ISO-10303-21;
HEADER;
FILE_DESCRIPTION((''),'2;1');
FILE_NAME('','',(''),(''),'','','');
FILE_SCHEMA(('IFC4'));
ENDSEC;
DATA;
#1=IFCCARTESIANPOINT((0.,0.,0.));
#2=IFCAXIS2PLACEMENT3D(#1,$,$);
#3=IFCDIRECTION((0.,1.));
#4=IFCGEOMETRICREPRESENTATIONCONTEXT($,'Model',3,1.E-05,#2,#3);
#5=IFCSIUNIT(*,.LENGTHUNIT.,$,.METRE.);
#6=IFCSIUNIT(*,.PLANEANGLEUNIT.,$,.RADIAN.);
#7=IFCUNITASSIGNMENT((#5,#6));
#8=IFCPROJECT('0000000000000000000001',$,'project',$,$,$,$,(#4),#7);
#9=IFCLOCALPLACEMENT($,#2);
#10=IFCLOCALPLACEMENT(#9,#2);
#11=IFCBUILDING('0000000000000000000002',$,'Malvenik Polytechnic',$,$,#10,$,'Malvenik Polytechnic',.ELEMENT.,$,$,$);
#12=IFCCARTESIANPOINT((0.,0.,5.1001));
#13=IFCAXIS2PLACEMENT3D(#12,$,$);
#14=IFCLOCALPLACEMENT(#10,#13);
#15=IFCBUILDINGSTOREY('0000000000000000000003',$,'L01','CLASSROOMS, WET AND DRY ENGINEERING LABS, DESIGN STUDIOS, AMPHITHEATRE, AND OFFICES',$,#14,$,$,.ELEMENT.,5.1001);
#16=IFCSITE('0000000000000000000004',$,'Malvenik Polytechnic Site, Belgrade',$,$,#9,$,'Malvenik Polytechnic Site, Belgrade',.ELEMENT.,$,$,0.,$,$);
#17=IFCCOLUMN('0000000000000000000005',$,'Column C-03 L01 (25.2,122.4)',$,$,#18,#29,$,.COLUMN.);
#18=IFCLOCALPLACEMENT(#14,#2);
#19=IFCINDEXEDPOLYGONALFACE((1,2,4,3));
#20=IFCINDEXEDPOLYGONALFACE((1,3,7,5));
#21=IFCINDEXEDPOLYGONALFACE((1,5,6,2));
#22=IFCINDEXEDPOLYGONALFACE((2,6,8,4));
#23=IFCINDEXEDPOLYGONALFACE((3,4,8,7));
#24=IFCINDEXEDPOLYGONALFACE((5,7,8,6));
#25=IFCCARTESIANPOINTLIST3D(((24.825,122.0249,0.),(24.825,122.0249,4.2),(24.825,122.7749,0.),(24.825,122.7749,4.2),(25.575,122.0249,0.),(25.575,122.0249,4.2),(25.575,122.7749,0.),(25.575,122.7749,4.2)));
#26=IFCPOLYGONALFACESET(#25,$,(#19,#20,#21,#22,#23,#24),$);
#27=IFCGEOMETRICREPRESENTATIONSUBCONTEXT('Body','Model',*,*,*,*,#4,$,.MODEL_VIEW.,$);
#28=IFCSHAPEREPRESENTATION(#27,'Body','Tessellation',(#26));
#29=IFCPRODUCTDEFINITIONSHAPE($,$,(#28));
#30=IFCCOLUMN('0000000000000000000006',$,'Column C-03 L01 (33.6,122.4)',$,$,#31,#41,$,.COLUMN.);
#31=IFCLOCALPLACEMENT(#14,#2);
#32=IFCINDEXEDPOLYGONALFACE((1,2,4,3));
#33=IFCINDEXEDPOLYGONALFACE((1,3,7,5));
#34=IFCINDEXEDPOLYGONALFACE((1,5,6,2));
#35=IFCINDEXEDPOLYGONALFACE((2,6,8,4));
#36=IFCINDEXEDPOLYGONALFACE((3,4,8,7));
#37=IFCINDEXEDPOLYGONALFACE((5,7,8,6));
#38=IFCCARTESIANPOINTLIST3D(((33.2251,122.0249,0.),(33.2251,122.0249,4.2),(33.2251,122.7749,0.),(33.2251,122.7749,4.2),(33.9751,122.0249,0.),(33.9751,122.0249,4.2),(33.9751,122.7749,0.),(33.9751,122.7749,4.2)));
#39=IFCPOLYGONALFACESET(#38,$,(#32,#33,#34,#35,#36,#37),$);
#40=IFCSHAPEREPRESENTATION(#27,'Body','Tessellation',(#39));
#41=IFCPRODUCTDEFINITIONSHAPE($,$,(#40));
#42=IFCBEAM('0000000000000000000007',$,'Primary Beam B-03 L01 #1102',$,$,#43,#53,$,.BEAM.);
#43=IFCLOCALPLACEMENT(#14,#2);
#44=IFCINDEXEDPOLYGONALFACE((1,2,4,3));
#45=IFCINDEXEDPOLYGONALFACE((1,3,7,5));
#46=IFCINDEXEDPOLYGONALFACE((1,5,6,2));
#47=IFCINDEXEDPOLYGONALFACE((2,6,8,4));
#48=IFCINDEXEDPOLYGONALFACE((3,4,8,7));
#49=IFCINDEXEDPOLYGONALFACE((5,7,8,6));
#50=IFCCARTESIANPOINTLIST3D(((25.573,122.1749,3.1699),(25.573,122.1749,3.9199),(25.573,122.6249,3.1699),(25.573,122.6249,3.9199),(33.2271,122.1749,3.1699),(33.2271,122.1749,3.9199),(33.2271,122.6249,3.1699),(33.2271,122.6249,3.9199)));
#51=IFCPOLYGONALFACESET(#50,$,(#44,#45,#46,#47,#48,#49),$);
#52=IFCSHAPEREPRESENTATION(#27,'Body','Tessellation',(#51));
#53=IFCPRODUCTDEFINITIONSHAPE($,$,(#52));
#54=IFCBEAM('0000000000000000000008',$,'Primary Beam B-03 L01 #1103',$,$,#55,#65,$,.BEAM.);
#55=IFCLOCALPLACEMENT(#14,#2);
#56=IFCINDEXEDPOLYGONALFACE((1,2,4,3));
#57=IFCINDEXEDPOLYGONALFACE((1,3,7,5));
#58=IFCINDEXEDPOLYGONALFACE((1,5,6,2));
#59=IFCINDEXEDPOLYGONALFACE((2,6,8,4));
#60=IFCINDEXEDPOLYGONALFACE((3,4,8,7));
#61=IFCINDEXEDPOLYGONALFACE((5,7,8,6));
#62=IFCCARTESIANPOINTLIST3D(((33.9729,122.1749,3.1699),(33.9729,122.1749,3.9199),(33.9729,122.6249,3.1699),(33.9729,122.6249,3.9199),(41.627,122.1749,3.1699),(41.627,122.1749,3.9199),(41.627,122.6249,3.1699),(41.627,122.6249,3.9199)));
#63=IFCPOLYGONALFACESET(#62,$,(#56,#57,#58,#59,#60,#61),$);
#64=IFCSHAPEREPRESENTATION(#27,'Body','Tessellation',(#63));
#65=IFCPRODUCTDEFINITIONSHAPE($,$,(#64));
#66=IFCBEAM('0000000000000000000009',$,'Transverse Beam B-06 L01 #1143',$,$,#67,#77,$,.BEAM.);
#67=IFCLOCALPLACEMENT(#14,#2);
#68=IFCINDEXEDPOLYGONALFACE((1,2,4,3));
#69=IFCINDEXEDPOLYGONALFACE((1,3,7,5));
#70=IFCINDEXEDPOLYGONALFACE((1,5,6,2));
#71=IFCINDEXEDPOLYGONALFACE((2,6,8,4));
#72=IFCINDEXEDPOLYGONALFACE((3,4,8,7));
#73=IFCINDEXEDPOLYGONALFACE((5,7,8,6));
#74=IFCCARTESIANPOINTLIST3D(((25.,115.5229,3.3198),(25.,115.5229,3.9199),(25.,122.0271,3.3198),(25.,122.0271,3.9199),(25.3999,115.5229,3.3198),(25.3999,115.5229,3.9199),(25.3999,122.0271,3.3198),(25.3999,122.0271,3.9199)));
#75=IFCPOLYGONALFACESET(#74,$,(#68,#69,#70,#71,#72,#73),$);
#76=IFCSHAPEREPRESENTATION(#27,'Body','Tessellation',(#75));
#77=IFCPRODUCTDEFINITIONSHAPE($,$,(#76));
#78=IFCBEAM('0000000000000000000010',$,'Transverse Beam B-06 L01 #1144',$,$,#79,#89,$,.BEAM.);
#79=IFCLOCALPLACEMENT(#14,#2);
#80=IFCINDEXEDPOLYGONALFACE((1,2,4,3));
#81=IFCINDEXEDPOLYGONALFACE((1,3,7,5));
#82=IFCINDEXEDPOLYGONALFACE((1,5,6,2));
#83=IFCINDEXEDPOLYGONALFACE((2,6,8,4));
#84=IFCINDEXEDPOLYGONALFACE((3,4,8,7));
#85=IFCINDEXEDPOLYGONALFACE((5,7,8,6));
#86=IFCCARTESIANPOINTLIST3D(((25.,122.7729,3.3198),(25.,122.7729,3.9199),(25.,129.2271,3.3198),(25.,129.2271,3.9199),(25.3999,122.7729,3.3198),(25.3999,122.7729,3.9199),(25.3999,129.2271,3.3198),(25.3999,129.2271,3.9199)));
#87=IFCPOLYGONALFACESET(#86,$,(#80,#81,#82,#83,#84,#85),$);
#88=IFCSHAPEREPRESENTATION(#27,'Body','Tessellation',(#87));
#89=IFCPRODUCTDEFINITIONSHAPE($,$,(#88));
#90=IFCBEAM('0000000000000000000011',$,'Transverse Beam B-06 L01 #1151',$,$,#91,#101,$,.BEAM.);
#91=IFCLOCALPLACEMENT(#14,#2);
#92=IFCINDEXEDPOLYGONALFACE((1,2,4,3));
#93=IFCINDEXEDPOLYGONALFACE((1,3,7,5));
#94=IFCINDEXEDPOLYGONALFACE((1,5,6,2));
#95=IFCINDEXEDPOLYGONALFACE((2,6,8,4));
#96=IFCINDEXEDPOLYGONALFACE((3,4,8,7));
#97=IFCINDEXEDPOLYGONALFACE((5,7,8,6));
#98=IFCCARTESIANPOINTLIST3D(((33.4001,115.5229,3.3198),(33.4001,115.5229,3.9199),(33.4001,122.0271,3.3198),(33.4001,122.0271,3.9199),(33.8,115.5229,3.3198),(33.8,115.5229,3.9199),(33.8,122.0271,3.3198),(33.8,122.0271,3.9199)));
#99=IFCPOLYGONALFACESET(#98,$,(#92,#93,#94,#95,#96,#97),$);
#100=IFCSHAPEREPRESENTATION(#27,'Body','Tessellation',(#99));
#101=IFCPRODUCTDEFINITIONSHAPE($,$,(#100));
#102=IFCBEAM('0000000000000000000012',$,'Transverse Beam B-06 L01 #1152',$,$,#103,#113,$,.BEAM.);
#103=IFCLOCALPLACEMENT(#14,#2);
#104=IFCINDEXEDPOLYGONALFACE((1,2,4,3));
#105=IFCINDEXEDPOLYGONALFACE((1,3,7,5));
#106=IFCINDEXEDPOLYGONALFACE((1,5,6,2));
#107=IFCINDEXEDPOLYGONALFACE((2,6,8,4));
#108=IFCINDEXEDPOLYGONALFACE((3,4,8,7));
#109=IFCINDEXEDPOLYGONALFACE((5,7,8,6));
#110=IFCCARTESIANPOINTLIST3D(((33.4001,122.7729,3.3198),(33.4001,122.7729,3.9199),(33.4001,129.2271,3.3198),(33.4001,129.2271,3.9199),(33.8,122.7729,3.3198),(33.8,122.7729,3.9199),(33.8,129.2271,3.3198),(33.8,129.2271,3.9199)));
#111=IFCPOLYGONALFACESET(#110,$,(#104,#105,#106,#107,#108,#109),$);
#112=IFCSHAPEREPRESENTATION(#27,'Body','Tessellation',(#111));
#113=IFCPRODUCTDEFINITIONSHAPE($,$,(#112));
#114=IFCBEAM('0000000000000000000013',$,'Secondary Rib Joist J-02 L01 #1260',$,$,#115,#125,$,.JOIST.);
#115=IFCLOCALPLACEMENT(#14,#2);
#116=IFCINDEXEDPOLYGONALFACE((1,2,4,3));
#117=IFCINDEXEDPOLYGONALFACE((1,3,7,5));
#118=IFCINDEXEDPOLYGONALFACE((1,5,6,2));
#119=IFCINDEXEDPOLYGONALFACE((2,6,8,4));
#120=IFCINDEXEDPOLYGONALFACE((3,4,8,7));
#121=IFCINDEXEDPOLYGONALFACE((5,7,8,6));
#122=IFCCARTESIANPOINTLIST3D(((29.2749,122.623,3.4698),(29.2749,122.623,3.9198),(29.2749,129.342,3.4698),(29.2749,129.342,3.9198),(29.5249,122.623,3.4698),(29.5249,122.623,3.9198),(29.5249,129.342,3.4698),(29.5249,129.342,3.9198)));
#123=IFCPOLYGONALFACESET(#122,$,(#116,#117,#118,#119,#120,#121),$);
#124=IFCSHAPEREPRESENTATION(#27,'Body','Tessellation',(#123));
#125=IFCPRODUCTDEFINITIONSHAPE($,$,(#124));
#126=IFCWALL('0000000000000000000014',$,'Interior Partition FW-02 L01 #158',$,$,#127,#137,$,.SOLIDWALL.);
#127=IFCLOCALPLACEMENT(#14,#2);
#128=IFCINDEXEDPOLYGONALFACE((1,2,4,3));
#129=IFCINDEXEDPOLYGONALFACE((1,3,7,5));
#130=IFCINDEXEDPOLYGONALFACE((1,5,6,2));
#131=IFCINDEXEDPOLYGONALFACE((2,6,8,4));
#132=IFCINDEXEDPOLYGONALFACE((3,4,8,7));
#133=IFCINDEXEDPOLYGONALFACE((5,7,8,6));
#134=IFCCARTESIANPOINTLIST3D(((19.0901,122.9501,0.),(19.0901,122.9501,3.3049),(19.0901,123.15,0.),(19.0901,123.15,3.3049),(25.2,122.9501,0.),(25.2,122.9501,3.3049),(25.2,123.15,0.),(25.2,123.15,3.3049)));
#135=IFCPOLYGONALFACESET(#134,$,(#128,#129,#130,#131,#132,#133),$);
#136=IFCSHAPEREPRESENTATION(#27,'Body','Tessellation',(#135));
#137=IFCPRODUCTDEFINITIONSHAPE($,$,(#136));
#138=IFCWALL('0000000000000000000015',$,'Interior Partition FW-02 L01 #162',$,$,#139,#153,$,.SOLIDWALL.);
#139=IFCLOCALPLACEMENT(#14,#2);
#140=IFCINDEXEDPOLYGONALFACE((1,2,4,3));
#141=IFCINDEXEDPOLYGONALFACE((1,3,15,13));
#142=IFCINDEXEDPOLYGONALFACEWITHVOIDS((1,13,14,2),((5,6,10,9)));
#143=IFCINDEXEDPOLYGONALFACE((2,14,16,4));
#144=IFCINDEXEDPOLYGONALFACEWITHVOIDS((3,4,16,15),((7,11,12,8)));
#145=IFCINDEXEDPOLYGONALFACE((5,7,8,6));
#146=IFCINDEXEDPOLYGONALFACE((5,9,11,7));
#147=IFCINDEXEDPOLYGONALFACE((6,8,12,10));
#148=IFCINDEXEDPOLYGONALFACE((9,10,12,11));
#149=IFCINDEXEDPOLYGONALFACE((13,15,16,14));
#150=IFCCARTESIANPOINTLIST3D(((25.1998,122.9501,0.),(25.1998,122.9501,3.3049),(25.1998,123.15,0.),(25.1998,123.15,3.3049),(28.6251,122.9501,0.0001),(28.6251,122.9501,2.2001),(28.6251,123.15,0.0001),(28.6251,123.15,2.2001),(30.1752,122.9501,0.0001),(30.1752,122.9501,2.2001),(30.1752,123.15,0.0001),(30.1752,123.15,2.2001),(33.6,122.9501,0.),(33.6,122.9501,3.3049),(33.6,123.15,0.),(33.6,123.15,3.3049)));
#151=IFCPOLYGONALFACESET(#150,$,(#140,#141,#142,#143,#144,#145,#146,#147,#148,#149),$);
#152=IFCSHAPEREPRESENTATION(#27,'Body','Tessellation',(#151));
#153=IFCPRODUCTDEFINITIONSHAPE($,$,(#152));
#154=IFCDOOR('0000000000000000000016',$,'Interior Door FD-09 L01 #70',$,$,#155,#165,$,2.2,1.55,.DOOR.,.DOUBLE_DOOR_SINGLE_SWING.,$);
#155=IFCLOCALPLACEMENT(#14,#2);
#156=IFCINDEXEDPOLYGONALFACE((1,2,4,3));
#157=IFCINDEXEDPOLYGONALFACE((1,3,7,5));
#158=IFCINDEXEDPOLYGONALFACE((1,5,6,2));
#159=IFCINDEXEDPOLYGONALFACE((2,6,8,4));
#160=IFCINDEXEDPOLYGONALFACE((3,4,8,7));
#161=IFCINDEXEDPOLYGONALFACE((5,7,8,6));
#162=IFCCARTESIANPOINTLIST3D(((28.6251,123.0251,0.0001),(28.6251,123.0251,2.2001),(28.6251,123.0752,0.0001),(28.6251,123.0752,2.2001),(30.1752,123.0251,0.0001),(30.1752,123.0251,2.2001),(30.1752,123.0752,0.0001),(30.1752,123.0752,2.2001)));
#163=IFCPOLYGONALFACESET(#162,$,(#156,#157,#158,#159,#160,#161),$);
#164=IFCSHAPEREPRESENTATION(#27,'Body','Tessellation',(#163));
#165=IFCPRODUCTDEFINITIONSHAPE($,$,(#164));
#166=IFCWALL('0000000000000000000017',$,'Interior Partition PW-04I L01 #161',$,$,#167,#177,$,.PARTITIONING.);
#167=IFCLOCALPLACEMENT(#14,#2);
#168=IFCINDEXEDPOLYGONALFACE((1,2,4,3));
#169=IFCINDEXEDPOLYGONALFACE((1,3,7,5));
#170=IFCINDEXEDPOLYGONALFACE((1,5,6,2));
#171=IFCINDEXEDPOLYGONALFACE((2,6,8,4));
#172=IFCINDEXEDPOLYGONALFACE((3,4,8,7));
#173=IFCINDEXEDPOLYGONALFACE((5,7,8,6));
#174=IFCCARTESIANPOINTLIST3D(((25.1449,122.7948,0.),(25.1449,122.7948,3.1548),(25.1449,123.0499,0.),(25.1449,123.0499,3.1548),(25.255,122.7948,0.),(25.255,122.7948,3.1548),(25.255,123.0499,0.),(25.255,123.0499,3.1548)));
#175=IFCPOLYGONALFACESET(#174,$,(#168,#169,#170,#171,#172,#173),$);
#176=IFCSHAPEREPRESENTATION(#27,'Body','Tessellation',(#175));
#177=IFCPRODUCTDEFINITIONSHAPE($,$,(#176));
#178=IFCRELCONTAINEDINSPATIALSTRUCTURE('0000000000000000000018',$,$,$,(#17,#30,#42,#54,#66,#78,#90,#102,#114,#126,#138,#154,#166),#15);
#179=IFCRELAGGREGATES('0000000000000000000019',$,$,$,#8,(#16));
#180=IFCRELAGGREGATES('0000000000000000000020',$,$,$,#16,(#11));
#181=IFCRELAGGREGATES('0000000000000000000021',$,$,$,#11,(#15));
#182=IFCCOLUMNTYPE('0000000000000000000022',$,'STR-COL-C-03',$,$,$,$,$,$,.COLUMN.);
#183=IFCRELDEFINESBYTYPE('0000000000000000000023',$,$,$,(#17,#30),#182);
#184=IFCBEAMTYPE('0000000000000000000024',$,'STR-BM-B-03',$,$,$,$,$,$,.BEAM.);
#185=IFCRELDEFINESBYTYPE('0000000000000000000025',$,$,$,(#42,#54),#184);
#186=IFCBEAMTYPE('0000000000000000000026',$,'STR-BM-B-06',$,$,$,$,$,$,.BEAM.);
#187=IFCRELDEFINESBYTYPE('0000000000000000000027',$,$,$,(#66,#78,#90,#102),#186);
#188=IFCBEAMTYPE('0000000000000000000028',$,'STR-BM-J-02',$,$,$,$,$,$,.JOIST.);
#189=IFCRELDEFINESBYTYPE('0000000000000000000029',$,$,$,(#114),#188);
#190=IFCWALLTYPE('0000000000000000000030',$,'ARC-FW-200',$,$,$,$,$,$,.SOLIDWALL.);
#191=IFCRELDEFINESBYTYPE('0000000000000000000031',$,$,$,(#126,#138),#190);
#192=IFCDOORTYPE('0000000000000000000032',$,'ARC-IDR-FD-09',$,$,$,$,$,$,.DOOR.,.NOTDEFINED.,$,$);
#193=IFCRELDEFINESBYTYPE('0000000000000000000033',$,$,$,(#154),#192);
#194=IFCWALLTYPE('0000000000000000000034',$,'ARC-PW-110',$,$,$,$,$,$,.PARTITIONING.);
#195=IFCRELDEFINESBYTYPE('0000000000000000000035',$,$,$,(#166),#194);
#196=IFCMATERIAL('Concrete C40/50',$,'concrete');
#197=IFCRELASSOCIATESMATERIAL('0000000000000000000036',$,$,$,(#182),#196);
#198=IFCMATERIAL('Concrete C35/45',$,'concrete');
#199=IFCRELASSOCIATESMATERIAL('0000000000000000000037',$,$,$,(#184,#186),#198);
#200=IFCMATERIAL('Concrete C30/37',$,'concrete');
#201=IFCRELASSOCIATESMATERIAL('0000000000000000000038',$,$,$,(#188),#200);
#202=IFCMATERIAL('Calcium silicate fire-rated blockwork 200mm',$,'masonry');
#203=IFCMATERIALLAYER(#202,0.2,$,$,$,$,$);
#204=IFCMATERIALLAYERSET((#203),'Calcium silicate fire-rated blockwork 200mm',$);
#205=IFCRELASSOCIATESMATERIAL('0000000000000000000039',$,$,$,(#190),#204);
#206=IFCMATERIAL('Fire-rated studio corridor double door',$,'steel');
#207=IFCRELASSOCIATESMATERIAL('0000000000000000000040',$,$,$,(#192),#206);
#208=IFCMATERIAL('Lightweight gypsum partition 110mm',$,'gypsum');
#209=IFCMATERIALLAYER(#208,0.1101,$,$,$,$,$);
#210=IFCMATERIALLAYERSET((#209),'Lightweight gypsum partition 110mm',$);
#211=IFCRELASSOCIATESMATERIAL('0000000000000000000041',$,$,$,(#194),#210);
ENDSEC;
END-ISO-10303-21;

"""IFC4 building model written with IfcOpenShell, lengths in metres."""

from ifc_helpers import new_model, si_unit, direction, frame, frame_2d, origin, origin_2d, place, context, subcontext, project, spatial, rectangle, extrude, material, layer, layer_set, material_profile, profile_set, type_object, element, fill, save


model = new_model("IFC4")

# Units and contexts
model_context = context("Model", 3, precision=1e-05, world=origin(), true_north=direction((0.0, 1.0)))
body_context = subcontext(model_context, "Body", "Model", "MODEL_VIEW")
ifc_project = project(units=[si_unit("LENGTHUNIT", "METRE"), si_unit("PLANEANGLEUNIT", "RADIAN")], contexts=[model_context])

# Site, building, storey
site_placement = place(None, origin())
site = spatial("IfcSite", under=ifc_project, at=site_placement, Name="Malvenik Polytechnic Site, Belgrade", LongName="Malvenik Polytechnic Site, Belgrade", CompositionType="ELEMENT", RefElevation=0.0)
building_placement = place(site_placement, origin())
building = spatial("IfcBuilding", under=site, at=building_placement, Name="Malvenik Polytechnic", LongName="Malvenik Polytechnic", CompositionType="ELEMENT")
storey_placement = place(building_placement, frame((0.0, 0.0, 5.1001)))
storey = spatial("IfcBuildingStorey", under=building, at=storey_placement, Name="L01", Description="CLASSROOMS, WET AND DRY ENGINEERING LABS, DESIGN STUDIOS, AMPHITHEATRE, AND OFFICES", CompositionType="ELEMENT", Elevation=5.1001)

# Columns
ifc_material_1 = material(Name="Concrete C40/50", Category="concrete")
ifc_material_profile_1 = material_profile(ifc_material_1, rectangle(XDim=0.75, YDim=0.75, at=origin_2d()), Name="RC COL 750x750")
ifc_profile_set_1 = profile_set([ifc_material_profile_1], Name="Concrete C40/50")
column_type = type_object("IfcColumnType", Name="STR-COL-C-03", PredefinedType="COLUMN", material=ifc_profile_set_1)
for number, where, z_axis, x_axis, name in (
    (1, (25.2, 122.3999, 0.0), (0.0, 0.0, 1.0), (1.0, 0.0, 0.0), "Column C-03 L01 (25.2,122.4)"),
    (2, (33.6001, 122.3999, 0.0), (0.0, 0.0, 1.0), (1.0, 0.0, 0.0), "Column C-03 L01 (33.6,122.4)"),
):
    element("IfcColumn", number, at=place(storey_placement, frame(where, z_axis=z_axis, x_axis=x_axis)), inside=storey, type_object=column_type, Name=name, PredefinedType="COLUMN", context=body_context, shape_type="SweptSolid", body=[
        extrude(rectangle(XDim=0.75, YDim=0.75, at=origin_2d()), origin(), (0.0, 0.0, 1.0), 4.2),
    ])

# Beams
ifc_material_2 = material(Name="Concrete C35/45", Category="concrete")
ifc_material_profile_2 = material_profile(ifc_material_2, rectangle(XDim=0.45, YDim=0.75, at=origin_2d()), Name="RC BM 450x750")
ifc_profile_set_2 = profile_set([ifc_material_profile_2], Name="Concrete C35/45")
beam_type_1 = type_object("IfcBeamType", Name="STR-BM-B-03", PredefinedType="BEAM", material=ifc_profile_set_2)
for number, where, z_axis, x_axis, name in (
    (3, (25.573, 122.3999, 3.5449), (1.0, 0.0, 0.0), (0.0, 1.0, 0.0), "Primary Beam B-03 L01 #1102"),
    (4, (33.9729, 122.3999, 3.5449), (1.0, 0.0, 0.0), (0.0, 1.0, 0.0), "Primary Beam B-03 L01 #1103"),
):
    element("IfcBeam", number, at=place(storey_placement, frame(where, z_axis=z_axis, x_axis=x_axis)), inside=storey, type_object=beam_type_1, Name=name, PredefinedType="BEAM", context=body_context, shape_type="SweptSolid", body=[
        extrude(rectangle(XDim=0.45, YDim=0.75, at=origin_2d()), origin(), (0.0, 0.0, 1.0), 7.6541),
    ])
ifc_material_profile_3 = material_profile(ifc_material_2, rectangle(XDim=0.3999, YDim=0.6001, at=origin_2d()), Name="RC BM 400x600")
ifc_profile_set_3 = profile_set([ifc_material_profile_3], Name="Concrete C35/45")
beam_type_2 = type_object("IfcBeamType", Name="STR-BM-B-06", PredefinedType="BEAM", material=ifc_profile_set_3)
beam_1_placement = place(storey_placement, frame((25.2, 115.5229, 3.6199), z_axis=(0.0, 1.0, 0.0), x_axis=(-1.0, 0.0, 0.0)))
element("IfcBeam", 5, at=beam_1_placement, inside=storey, type_object=beam_type_2, Name="Transverse Beam B-06 L01 #1143", PredefinedType="BEAM", context=body_context, shape_type="SweptSolid", body=[
    extrude(rectangle(XDim=0.3999, YDim=0.6001, at=origin_2d()), origin(), (0.0, 0.0, 1.0), 6.5042),
])
beam_2_placement = place(storey_placement, frame((25.2, 122.7729, 3.6199), z_axis=(0.0, 1.0, 0.0), x_axis=(-1.0, 0.0, 0.0)))
element("IfcBeam", 6, at=beam_2_placement, inside=storey, type_object=beam_type_2, Name="Transverse Beam B-06 L01 #1144", PredefinedType="BEAM", context=body_context, shape_type="SweptSolid", body=[
    extrude(rectangle(XDim=0.3999, YDim=0.6001, at=origin_2d()), origin(), (0.0, 0.0, 1.0), 6.4541),
])
beam_3_placement = place(storey_placement, frame((33.6001, 115.5229, 3.6199), z_axis=(0.0, 1.0, 0.0), x_axis=(-1.0, 0.0, 0.0)))
element("IfcBeam", 7, at=beam_3_placement, inside=storey, type_object=beam_type_2, Name="Transverse Beam B-06 L01 #1151", PredefinedType="BEAM", context=body_context, shape_type="SweptSolid", body=[
    extrude(rectangle(XDim=0.3999, YDim=0.6001, at=origin_2d()), origin(), (0.0, 0.0, 1.0), 6.5042),
])
beam_4_placement = place(storey_placement, frame((33.6001, 122.7729, 3.6199), z_axis=(0.0, 1.0, 0.0), x_axis=(-1.0, 0.0, 0.0)))
element("IfcBeam", 8, at=beam_4_placement, inside=storey, type_object=beam_type_2, Name="Transverse Beam B-06 L01 #1152", PredefinedType="BEAM", context=body_context, shape_type="SweptSolid", body=[
    extrude(rectangle(XDim=0.3999, YDim=0.6001, at=origin_2d()), origin(), (0.0, 0.0, 1.0), 6.4541),
])
ifc_material_3 = material(Name="Concrete C30/37", Category="concrete")
ifc_material_profile_4 = material_profile(ifc_material_3, rectangle(XDim=0.25, YDim=0.45, at=origin_2d()), Name="RC JST 250x450")
ifc_profile_set_4 = profile_set([ifc_material_profile_4], Name="Concrete C30/37")
beam_type_3 = type_object("IfcBeamType", Name="STR-BM-J-02", PredefinedType="JOIST", material=ifc_profile_set_4)
beam_5_placement = place(storey_placement, frame((29.3999, 122.623, 3.6948), z_axis=(0.0, 1.0, 0.0), x_axis=(-1.0, 0.0, 0.0)))
element("IfcBeam", 9, at=beam_5_placement, inside=storey, type_object=beam_type_3, Name="Secondary Rib Joist J-02 L01 #1260", PredefinedType="JOIST", context=body_context, shape_type="SweptSolid", body=[
    extrude(rectangle(XDim=0.25, YDim=0.45, at=origin_2d()), origin(), (0.0, 0.0, 1.0), 6.719),
])

# Wall
ifc_material_4 = material(Name="Calcium silicate fire-rated blockwork 200mm", Category="masonry")
ifc_layer_1 = layer(ifc_material_4, 0.2)
ifc_layer_set_1 = layer_set([ifc_layer_1], Name="Calcium silicate fire-rated blockwork 200mm")
wall_type_1 = type_object("IfcWallType", Name="ARC-FW-200", PredefinedType="SOLIDWALL", material=ifc_layer_set_1)
wall_1_placement = place(storey_placement, frame((25.2, 123.05, 0.0), z_axis=(0.0, 0.0, 1.0), x_axis=(-1.0, 0.0, 0.0)))
element("IfcWall", 10, at=wall_1_placement, inside=storey, type_object=wall_type_1, Name="Interior Partition FW-02 L01 #158", PredefinedType="SOLIDWALL", context=body_context, shape_type="SweptSolid", body=[
    extrude(rectangle(XDim=6.1099, YDim=0.2, at=frame_2d((3.0549, 0.0))), origin(), (0.0, 0.0, 1.0), 3.3049),
])

# Wall, opening, door
wall_2_placement = place(storey_placement, frame((33.6001, 123.05, 0.0), z_axis=(0.0, 0.0, 1.0), x_axis=(-1.0, 0.0, 0.0)))
wall_2 = element("IfcWall", 11, at=wall_2_placement, inside=storey, type_object=wall_type_1, Name="Interior Partition FW-02 L01 #162", PredefinedType="SOLIDWALL", context=body_context, shape_type="SweptSolid", body=[
    extrude(rectangle(XDim=8.4001, YDim=0.2, at=frame_2d((4.2002, 0.0))), origin(), (0.0, 0.0, 1.0), 3.3049),
])
opening_placement = place(wall_2_placement, frame((3.425, 0.0, 0.0)))
opening = element("IfcOpeningElement", 12, at=opening_placement, cuts=wall_2, PredefinedType="OPENING", context=body_context, shape_type="SweptSolid", body=[
    extrude(rectangle(XDim=1.55, YDim=2.2, at=frame_2d((0.7749, 1.1001))), frame((0.0, 0.1099, 0.0), z_axis=(0.0, -1.0, 0.0), x_axis=(1.0, 0.0, 0.0)), (0.0, 0.0, 1.0), 0.22),
])
ifc_material_5 = material(Name="Fire-rated studio corridor double door", Category="steel")
door_type = type_object("IfcDoorType", Name="ARC-IDR-FD-09", OperationType="NOTDEFINED", PredefinedType="DOOR", material=ifc_material_5)
door_placement = place(opening_placement, origin())
door = element("IfcDoor", 13, at=door_placement, inside=storey, type_object=door_type, Name="Interior Door FD-09 L01 #70", OperationType="DOUBLE_DOOR_SINGLE_SWING", OverallHeight=2.2, OverallWidth=1.55, PredefinedType="DOOR", context=body_context, shape_type="SweptSolid", body=[
    extrude(rectangle(XDim=1.55, YDim=2.2, at=frame_2d((0.7749, 1.1001))), frame((0.0, 0.0249, 0.0), z_axis=(0.0, -1.0, 0.0), x_axis=(1.0, 0.0, 0.0)), (0.0, 0.0, 1.0), 0.05),
])
fill(opening, door)

# Wall
ifc_material_6 = material(Name="Lightweight gypsum partition 110mm", Category="gypsum")
ifc_layer_2 = layer(ifc_material_6, 0.1101)
ifc_layer_set_2 = layer_set([ifc_layer_2], Name="Lightweight gypsum partition 110mm")
wall_type_2 = type_object("IfcWallType", Name="ARC-PW-110", PredefinedType="PARTITIONING", material=ifc_layer_set_2)
for number, where, z_axis, x_axis, name in (
    (14, (25.2, 122.7949, 0.0), (0.0, 0.0, 1.0), (0.0, 1.0, 0.0), "Interior Partition PW-04I L01 #161"),
):
    element("IfcWall", number, at=place(storey_placement, frame(where, z_axis=z_axis, x_axis=x_axis)), inside=storey, type_object=wall_type_2, Name=name, PredefinedType="PARTITIONING", context=body_context, shape_type="SweptSolid", body=[
        extrude(rectangle(XDim=0.2551, YDim=0.1101, at=frame_2d((0.1274, 0.0))), origin(), (0.0, 0.0, 1.0), 3.1548),
    ])

save(model, "model.ifc")
